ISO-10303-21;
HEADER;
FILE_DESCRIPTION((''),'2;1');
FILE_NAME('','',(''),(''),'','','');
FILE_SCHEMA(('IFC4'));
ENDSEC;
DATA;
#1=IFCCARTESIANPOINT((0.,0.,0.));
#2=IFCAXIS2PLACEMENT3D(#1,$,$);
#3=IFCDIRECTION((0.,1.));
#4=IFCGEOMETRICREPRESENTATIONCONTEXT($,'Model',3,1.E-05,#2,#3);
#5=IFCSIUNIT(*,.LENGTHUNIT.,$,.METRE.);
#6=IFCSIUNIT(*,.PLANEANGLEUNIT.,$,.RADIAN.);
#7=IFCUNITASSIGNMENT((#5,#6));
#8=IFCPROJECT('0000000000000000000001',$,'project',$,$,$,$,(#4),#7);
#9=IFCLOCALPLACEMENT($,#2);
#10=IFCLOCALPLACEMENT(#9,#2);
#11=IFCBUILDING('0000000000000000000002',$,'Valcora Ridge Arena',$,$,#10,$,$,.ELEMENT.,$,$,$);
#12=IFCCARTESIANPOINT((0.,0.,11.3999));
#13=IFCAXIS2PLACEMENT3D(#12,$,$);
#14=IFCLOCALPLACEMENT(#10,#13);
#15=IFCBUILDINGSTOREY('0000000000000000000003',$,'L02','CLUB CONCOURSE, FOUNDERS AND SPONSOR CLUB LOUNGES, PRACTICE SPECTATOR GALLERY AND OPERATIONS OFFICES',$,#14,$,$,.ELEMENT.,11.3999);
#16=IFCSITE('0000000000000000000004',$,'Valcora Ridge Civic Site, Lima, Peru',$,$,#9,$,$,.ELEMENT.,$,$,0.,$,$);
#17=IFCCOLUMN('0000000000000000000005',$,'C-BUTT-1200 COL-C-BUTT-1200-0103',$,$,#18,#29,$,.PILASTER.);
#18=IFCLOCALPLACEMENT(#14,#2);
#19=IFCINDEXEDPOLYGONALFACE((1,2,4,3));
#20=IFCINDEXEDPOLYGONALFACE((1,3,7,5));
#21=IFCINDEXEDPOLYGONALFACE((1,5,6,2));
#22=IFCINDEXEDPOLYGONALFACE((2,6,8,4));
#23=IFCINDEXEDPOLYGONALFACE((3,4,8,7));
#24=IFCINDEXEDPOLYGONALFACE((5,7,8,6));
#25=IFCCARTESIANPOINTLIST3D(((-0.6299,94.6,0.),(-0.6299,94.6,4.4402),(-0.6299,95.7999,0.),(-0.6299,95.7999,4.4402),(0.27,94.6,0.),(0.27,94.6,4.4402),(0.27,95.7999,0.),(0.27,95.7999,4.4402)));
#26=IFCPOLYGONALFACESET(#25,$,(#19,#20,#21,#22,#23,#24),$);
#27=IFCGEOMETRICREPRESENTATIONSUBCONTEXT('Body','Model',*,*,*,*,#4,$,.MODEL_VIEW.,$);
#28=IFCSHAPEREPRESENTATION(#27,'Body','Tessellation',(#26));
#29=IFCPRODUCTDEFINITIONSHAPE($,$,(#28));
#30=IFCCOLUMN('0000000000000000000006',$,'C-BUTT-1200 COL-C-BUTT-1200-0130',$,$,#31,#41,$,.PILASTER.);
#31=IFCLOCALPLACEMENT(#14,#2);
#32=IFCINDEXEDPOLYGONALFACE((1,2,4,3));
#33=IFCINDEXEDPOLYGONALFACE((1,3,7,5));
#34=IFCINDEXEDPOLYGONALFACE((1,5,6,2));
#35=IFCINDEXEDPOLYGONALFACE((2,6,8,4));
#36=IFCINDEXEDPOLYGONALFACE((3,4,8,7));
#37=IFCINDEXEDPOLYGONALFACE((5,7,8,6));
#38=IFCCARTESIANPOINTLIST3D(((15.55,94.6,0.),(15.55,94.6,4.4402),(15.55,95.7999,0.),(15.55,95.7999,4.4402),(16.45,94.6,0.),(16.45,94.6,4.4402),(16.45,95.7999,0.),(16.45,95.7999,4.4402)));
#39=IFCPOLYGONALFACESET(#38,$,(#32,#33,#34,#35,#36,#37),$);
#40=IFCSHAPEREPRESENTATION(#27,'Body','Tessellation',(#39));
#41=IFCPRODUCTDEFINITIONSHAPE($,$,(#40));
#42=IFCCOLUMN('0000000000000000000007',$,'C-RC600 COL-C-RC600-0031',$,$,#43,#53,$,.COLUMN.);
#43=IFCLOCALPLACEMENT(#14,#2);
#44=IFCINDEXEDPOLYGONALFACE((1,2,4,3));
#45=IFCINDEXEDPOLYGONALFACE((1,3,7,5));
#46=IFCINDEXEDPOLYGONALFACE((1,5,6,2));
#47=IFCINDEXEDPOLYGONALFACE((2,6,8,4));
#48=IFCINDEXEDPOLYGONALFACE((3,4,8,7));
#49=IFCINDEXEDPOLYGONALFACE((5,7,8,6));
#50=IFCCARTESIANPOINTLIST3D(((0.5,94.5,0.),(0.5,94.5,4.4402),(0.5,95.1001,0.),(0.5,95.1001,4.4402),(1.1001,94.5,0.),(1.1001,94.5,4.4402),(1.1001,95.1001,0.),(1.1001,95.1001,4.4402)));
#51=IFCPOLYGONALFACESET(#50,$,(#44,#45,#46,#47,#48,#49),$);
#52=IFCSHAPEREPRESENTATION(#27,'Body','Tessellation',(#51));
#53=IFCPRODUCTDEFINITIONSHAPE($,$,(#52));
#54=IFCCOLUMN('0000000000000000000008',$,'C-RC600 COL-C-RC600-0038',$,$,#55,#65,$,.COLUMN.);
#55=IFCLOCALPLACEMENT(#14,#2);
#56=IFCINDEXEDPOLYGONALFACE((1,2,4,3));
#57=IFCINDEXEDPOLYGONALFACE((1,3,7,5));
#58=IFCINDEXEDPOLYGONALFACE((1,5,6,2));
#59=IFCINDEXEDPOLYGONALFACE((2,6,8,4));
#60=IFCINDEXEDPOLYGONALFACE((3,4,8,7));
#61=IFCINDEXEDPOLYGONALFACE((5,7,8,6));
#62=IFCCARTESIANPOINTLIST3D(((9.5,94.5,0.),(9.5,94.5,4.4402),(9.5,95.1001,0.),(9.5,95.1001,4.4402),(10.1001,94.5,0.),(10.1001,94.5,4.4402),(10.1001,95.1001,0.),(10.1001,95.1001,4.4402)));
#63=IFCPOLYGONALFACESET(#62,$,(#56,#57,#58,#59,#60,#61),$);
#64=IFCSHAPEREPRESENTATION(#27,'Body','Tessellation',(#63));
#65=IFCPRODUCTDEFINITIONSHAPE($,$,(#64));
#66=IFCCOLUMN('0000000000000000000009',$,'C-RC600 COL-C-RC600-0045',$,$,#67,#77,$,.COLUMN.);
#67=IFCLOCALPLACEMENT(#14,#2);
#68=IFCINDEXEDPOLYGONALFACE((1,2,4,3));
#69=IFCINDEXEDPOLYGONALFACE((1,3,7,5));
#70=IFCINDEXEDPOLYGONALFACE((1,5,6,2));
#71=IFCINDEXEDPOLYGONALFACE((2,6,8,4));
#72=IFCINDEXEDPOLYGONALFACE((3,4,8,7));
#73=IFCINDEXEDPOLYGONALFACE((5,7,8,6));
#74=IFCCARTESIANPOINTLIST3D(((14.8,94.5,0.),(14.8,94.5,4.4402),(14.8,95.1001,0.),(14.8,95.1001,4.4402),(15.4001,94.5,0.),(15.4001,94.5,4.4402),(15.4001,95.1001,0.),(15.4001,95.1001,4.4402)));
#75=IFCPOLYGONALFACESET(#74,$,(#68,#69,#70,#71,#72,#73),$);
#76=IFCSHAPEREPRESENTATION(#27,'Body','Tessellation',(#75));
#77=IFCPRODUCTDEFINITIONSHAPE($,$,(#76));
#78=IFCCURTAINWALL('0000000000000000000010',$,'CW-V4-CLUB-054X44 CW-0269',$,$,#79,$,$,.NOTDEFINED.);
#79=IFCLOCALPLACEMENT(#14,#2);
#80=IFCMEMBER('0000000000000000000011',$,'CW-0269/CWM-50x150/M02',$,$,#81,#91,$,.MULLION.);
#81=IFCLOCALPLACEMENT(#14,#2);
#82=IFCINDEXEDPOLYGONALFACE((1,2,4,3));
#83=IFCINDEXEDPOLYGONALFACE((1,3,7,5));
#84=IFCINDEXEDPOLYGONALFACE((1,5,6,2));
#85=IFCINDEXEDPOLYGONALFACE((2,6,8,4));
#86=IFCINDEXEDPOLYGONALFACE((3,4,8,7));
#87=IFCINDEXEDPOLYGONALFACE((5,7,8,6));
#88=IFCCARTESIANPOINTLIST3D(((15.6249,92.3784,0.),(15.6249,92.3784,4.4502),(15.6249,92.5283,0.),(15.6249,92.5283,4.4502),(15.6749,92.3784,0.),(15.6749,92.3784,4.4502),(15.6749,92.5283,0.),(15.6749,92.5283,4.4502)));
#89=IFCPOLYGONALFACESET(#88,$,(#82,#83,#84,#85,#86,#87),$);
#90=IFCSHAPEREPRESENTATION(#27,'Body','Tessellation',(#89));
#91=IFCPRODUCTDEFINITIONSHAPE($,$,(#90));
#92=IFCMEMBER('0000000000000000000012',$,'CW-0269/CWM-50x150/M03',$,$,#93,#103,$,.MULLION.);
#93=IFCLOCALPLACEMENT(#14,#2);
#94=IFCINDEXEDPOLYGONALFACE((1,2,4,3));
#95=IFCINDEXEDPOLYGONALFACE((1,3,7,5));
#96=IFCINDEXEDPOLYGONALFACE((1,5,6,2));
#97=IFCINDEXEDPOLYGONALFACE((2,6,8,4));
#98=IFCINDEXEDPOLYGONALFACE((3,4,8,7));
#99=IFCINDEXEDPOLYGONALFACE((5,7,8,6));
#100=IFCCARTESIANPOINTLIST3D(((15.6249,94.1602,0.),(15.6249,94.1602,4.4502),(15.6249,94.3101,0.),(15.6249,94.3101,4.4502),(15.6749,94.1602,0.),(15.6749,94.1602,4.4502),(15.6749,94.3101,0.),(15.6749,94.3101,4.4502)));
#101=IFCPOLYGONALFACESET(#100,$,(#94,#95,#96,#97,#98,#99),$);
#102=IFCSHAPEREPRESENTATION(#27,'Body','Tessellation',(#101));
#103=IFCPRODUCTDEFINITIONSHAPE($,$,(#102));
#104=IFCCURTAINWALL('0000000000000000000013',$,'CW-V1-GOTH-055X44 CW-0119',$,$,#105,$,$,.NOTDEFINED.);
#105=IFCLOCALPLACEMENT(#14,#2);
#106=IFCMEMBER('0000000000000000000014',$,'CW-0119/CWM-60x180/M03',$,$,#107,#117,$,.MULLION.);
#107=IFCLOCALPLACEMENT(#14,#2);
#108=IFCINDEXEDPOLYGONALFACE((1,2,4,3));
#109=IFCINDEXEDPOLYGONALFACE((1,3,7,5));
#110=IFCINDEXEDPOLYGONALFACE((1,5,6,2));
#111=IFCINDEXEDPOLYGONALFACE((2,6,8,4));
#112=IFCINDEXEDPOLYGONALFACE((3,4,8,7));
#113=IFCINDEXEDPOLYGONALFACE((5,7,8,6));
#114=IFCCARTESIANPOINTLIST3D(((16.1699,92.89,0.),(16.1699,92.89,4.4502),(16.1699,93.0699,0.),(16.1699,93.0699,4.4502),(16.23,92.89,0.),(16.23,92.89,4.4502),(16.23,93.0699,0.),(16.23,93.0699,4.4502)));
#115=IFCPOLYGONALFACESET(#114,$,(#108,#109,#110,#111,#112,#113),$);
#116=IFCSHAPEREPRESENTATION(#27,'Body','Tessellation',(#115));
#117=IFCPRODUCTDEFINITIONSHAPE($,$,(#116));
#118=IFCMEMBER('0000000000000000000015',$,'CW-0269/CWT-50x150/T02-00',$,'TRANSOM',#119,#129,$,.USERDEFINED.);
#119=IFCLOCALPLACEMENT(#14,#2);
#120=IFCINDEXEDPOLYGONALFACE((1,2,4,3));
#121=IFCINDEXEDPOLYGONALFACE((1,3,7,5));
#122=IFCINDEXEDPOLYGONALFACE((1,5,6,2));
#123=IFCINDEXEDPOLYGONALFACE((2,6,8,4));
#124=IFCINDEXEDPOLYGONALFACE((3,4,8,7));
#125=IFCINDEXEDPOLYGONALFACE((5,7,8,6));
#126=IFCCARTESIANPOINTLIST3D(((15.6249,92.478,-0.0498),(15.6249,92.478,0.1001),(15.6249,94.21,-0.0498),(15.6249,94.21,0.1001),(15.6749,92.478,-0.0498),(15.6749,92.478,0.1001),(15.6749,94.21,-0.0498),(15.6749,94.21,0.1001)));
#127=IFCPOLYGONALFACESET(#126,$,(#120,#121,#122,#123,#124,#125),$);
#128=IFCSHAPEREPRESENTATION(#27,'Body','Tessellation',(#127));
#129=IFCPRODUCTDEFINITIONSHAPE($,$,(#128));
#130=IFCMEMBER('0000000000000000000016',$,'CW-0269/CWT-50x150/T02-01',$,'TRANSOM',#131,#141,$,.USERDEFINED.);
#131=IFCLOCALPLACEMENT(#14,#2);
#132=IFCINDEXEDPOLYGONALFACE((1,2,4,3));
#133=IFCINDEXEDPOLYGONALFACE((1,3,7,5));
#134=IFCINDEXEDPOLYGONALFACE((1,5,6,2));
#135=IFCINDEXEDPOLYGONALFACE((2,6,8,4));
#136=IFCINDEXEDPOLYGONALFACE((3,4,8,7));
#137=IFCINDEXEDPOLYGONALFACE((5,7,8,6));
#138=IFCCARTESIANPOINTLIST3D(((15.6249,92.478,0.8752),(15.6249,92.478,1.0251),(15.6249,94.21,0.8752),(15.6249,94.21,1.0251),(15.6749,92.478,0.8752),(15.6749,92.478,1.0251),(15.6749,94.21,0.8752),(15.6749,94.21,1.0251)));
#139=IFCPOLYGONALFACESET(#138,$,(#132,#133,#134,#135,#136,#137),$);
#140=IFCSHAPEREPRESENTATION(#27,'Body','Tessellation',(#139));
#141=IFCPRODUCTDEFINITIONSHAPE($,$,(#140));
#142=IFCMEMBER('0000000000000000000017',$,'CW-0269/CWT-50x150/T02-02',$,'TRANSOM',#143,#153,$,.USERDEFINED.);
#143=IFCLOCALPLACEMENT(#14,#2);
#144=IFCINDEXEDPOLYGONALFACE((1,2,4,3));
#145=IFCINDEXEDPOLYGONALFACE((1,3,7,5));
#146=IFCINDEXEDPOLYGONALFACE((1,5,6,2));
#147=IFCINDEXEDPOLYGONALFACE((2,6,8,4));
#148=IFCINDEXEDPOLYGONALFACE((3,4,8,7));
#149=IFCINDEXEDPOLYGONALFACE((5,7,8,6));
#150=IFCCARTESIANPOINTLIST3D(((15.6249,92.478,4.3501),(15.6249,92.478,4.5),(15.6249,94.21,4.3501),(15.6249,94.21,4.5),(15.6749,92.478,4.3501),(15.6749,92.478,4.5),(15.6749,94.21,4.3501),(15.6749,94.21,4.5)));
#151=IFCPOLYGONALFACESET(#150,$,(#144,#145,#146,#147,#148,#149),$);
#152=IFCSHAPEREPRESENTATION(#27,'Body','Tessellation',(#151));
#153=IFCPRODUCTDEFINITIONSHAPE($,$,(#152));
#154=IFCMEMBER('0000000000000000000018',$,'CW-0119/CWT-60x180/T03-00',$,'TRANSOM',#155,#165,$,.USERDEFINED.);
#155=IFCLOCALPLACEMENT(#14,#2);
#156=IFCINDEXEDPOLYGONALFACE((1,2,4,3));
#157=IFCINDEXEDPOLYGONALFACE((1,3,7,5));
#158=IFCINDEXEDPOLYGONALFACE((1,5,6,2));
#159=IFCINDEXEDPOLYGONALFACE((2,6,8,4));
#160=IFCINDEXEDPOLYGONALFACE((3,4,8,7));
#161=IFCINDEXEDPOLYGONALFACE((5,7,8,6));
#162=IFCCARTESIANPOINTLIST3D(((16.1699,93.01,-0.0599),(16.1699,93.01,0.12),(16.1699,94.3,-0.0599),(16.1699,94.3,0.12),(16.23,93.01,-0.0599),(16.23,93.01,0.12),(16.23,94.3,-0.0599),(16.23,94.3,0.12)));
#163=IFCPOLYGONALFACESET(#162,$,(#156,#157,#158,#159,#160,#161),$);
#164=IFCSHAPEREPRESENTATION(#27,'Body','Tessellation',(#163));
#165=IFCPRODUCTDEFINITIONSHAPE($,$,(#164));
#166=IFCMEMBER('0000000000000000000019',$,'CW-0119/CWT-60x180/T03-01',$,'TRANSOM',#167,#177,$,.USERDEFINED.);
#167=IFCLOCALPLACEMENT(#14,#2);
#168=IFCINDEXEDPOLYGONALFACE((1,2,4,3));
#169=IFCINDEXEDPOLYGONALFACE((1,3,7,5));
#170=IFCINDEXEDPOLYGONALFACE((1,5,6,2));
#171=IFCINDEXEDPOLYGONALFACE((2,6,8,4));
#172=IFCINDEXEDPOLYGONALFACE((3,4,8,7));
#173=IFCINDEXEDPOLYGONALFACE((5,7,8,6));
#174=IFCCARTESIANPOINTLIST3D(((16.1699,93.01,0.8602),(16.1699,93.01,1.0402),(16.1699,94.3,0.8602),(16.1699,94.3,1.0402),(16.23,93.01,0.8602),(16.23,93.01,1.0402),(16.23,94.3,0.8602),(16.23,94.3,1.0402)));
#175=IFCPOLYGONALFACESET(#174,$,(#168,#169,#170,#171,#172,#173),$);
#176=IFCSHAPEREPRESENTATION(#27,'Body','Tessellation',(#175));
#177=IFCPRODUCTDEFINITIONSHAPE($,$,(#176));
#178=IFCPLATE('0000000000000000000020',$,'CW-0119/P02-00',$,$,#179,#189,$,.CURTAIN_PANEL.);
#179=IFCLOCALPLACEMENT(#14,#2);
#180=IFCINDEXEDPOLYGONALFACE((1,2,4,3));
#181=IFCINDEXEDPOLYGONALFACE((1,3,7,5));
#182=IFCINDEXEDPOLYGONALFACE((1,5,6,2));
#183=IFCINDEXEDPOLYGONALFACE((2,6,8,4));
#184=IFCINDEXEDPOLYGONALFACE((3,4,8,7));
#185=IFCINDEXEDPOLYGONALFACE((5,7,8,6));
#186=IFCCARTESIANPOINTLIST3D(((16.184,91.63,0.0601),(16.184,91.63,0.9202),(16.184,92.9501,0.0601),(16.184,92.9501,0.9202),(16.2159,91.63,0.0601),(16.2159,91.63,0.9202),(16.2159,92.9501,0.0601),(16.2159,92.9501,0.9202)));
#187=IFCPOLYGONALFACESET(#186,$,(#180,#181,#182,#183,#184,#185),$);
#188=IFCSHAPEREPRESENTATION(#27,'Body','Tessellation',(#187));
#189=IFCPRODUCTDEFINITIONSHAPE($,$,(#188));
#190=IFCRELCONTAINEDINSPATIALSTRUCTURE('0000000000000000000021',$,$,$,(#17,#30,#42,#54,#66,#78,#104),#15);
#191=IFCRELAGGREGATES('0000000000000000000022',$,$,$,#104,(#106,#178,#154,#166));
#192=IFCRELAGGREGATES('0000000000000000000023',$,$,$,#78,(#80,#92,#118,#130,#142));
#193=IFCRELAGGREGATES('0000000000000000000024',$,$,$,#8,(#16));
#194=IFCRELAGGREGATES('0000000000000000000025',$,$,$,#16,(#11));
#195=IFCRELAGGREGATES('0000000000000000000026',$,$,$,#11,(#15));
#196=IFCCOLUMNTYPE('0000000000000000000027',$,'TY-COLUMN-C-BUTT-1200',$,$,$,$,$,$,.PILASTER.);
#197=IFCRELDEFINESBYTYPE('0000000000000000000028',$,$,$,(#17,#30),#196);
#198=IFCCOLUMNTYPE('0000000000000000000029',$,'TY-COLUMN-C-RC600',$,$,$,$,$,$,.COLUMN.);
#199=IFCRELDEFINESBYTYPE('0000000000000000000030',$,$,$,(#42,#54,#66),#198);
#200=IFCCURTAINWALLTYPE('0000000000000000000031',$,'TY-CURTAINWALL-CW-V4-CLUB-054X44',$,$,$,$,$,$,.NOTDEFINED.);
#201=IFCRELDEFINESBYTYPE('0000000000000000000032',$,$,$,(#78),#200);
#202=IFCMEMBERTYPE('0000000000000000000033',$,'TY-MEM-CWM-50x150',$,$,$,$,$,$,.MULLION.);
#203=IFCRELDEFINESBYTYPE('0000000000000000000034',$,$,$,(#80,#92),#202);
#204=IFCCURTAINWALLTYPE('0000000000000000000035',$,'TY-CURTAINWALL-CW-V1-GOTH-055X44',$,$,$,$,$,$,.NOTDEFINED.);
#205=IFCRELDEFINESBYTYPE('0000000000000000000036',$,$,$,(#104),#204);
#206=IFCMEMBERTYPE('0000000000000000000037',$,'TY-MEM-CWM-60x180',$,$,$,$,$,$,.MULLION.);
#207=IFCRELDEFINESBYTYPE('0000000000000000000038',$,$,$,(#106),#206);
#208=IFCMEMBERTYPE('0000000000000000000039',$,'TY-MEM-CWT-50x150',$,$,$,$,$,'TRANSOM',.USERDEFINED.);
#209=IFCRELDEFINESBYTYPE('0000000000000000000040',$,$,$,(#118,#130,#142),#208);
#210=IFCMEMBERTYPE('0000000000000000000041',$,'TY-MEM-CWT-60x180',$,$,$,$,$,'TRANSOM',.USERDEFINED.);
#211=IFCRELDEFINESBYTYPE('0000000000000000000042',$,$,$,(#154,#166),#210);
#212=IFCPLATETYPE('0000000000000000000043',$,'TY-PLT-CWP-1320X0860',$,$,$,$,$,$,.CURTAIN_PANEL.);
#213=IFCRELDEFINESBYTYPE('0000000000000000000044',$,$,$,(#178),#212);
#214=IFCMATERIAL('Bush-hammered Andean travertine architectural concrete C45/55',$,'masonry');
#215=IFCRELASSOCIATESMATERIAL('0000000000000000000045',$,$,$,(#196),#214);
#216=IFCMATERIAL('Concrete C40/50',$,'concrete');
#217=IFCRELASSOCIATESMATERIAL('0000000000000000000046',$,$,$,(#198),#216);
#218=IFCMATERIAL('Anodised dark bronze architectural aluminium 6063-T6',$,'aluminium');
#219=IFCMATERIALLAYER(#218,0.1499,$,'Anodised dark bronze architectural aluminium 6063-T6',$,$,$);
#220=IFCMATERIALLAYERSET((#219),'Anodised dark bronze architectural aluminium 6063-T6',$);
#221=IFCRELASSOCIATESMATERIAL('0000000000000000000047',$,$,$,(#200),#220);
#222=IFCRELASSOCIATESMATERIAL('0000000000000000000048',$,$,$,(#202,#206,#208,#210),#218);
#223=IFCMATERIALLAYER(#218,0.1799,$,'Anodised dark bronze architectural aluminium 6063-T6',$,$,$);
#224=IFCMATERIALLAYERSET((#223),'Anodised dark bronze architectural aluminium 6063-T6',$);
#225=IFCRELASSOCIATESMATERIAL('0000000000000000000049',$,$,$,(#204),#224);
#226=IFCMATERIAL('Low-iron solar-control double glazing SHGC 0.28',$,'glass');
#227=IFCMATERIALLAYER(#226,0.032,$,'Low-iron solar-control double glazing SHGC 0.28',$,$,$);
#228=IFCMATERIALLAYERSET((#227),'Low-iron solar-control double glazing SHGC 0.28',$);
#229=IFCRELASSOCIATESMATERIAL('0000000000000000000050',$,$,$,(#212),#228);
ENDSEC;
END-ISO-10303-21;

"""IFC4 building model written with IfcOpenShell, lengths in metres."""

from ifc_helpers import new_model, si_unit, direction, frame, origin, origin_2d, place, context, subcontext, project, spatial, rectangle, extrude, material, layer, layer_set, material_profile, profile_set, type_object, element, aggregate, save


model = new_model("IFC4")

# Units and contexts
model_context = context("Model", 3, precision=1e-05, world=origin(), true_north=direction((0.0, 1.0)))
body_context = subcontext(model_context, "Body", "Model", "MODEL_VIEW")
ifc_project = project(units=[si_unit("LENGTHUNIT", "METRE"), si_unit("PLANEANGLEUNIT", "RADIAN")], contexts=[model_context])

# Site, building, storey
site_placement = place(None, origin())
site = spatial("IfcSite", under=ifc_project, at=site_placement, Name="Valcora Ridge Civic Site, Lima, Peru", CompositionType="ELEMENT", RefElevation=0.0)
building_placement = place(site_placement, origin())
building = spatial("IfcBuilding", under=site, at=building_placement, Name="Valcora Ridge Arena", CompositionType="ELEMENT")
storey_placement = place(building_placement, frame((0.0, 0.0, 11.3999)))
storey = spatial("IfcBuildingStorey", under=building, at=storey_placement, Name="L02", Description="CLUB CONCOURSE, FOUNDERS AND SPONSOR CLUB LOUNGES, PRACTICE SPECTATOR GALLERY AND OPERATIONS OFFICES", CompositionType="ELEMENT", Elevation=11.3999)

# Columns
ifc_material_1 = material(Name="Bush-hammered Andean travertine architectural concrete C45/55", Category="masonry")
ifc_material_profile_1 = material_profile(ifc_material_1, rectangle(XDim=0.8999, YDim=1.2, at=origin_2d()), Name="RC 900x1200")
ifc_profile_set_1 = profile_set([ifc_material_profile_1], Name="Bush-hammered Andean travertine architectural concrete C45/55")
column_type_1 = type_object("IfcColumnType", Name="TY-COLUMN-C-BUTT-1200", PredefinedType="PILASTER", material=ifc_profile_set_1)
for number, where, z_axis, x_axis, name in (
    (1, (-0.1799, 95.2, 0.0), (0.0, 0.0, 1.0), (1.0, 0.0, 0.0), "C-BUTT-1200 COL-C-BUTT-1200-0103"),
    (2, (16.0, 95.2, 0.0), (0.0, 0.0, 1.0), (1.0, 0.0, 0.0), "C-BUTT-1200 COL-C-BUTT-1200-0130"),
):
    element("IfcColumn", number, at=place(storey_placement, frame(where, z_axis=z_axis, x_axis=x_axis)), inside=storey, type_object=column_type_1, Name=name, PredefinedType="PILASTER", context=body_context, shape_type="SweptSolid", body=[
        extrude(rectangle(XDim=0.8999, YDim=1.2, at=origin_2d()), origin(), (0.0, 0.0, 1.0), 4.4402),
    ])
ifc_material_2 = material(Name="Concrete C40/50", Category="concrete")
ifc_material_profile_2 = material_profile(ifc_material_2, rectangle(XDim=0.6001, YDim=0.6001, at=origin_2d()), Name="RC 600x600")
ifc_profile_set_2 = profile_set([ifc_material_profile_2], Name="Concrete C40/50")
column_type_2 = type_object("IfcColumnType", Name="TY-COLUMN-C-RC600", PredefinedType="COLUMN", material=ifc_profile_set_2)
for number, where, z_axis, x_axis, name in (
    (3, (0.8, 94.8, 0.0), (0.0, 0.0, 1.0), (1.0, 0.0, 0.0), "C-RC600 COL-C-RC600-0031"),
    (4, (9.8, 94.8, 0.0), (0.0, 0.0, 1.0), (1.0, 0.0, 0.0), "C-RC600 COL-C-RC600-0038"),
    (5, (15.1001, 94.8, 0.0), (0.0, 0.0, 1.0), (1.0, 0.0, 0.0), "C-RC600 COL-C-RC600-0045"),
):
    element("IfcColumn", number, at=place(storey_placement, frame(where, z_axis=z_axis, x_axis=x_axis)), inside=storey, type_object=column_type_2, Name=name, PredefinedType="COLUMN", context=body_context, shape_type="SweptSolid", body=[
        extrude(rectangle(XDim=0.6001, YDim=0.6001, at=origin_2d()), origin(), (0.0, 0.0, 1.0), 4.4402),
    ])

# Curtain wall, members
ifc_material_3 = material(Name="Anodised dark bronze architectural aluminium 6063-T6", Category="aluminium")
ifc_layer_1 = layer(ifc_material_3, 0.1499, Name="Anodised dark bronze architectural aluminium 6063-T6")
ifc_layer_set_1 = layer_set([ifc_layer_1], Name="Anodised dark bronze architectural aluminium 6063-T6")
curtain_wall_type_1 = type_object("IfcCurtainWallType", Name="TY-CURTAINWALL-CW-V4-CLUB-054X44", PredefinedType="NOTDEFINED", material=ifc_layer_set_1)
curtain_wall_1_placement = place(storey_placement, origin())
curtain_wall_1 = element("IfcCurtainWall", 6, at=curtain_wall_1_placement, inside=storey, type_object=curtain_wall_type_1, Name="CW-V4-CLUB-054X44 CW-0269", PredefinedType="NOTDEFINED")
ifc_material_profile_3 = material_profile(ifc_material_3, rectangle(XDim=0.05, YDim=0.1499, at=origin_2d()), Name="ALU MULLION 50x150")
ifc_profile_set_3 = profile_set([ifc_material_profile_3], Name="Anodised dark bronze architectural aluminium 6063-T6")
member_type_1 = type_object("IfcMemberType", Name="TY-MEM-CWM-50x150", PredefinedType="MULLION", material=ifc_profile_set_3)
member_1_placement = place(storey_placement, frame((15.6499, 92.4534, 0.0), z_axis=(0.0, 0.0, 1.0), x_axis=(-1.0, 0.0, 0.0)))
member_1 = element("IfcMember", 7, at=member_1_placement, type_object=member_type_1, Name="CW-0269/CWM-50x150/M02", PredefinedType="MULLION", context=body_context, shape_type="SweptSolid", body=[
    extrude(rectangle(XDim=0.05, YDim=0.1499, at=origin_2d()), origin(), (0.0, 0.0, 1.0), 4.4502),
])
member_2_placement = place(storey_placement, frame((15.6499, 94.2351, 0.0), z_axis=(0.0, 0.0, 1.0), x_axis=(-1.0, 0.0, 0.0)))
member_2 = element("IfcMember", 8, at=member_2_placement, type_object=member_type_1, Name="CW-0269/CWM-50x150/M03", PredefinedType="MULLION", context=body_context, shape_type="SweptSolid", body=[
    extrude(rectangle(XDim=0.05, YDim=0.1499, at=origin_2d()), origin(), (0.0, 0.0, 1.0), 4.4502),
])

# Curtain wall, member
ifc_layer_2 = layer(ifc_material_3, 0.1799, Name="Anodised dark bronze architectural aluminium 6063-T6")
ifc_layer_set_2 = layer_set([ifc_layer_2], Name="Anodised dark bronze architectural aluminium 6063-T6")
curtain_wall_type_2 = type_object("IfcCurtainWallType", Name="TY-CURTAINWALL-CW-V1-GOTH-055X44", PredefinedType="NOTDEFINED", material=ifc_layer_set_2)
curtain_wall_2_placement = place(storey_placement, origin())
curtain_wall_2 = element("IfcCurtainWall", 9, at=curtain_wall_2_placement, inside=storey, type_object=curtain_wall_type_2, Name="CW-V1-GOTH-055X44 CW-0119", PredefinedType="NOTDEFINED")
ifc_material_profile_4 = material_profile(ifc_material_3, rectangle(XDim=0.0601, YDim=0.1799, at=origin_2d()), Name="ALU MULLION 60x180")
ifc_profile_set_4 = profile_set([ifc_material_profile_4], Name="Anodised dark bronze architectural aluminium 6063-T6")
member_type_2 = type_object("IfcMemberType", Name="TY-MEM-CWM-60x180", PredefinedType="MULLION", material=ifc_profile_set_4)
member_3_placement = place(storey_placement, frame((16.2, 92.98, 0.0), z_axis=(0.0, 0.0, 1.0), x_axis=(-1.0, 0.0, 0.0)))
member_3 = element("IfcMember", 10, at=member_3_placement, type_object=member_type_2, Name="CW-0119/CWM-60x180/M03", PredefinedType="MULLION", context=body_context, shape_type="SweptSolid", body=[
    extrude(rectangle(XDim=0.0601, YDim=0.1799, at=origin_2d()), origin(), (0.0, 0.0, 1.0), 4.4502),
])

# Members
ifc_material_profile_5 = material_profile(ifc_material_3, rectangle(XDim=0.05, YDim=0.1499, at=origin_2d()), Name="ALU TRANSOM 50x150")
ifc_profile_set_5 = profile_set([ifc_material_profile_5], Name="Anodised dark bronze architectural aluminium 6063-T6")
member_type_3 = type_object("IfcMemberType", Name="TY-MEM-CWT-50x150", ElementType="TRANSOM", PredefinedType="USERDEFINED", material=ifc_profile_set_5)
member_4_placement = place(storey_placement, frame((15.6499, 92.478, 0.0251), z_axis=(0.0, 1.0, 0.0), x_axis=(-1.0, 0.0, 0.0)))
member_4 = element("IfcMember", 11, at=member_4_placement, type_object=member_type_3, Name="CW-0269/CWT-50x150/T02-00", ObjectType="TRANSOM", PredefinedType="USERDEFINED", context=body_context, shape_type="SweptSolid", body=[
    extrude(rectangle(XDim=0.05, YDim=0.1499, at=origin_2d()), origin(), (0.0, 0.0, 1.0), 1.7319),
])
member_5_placement = place(storey_placement, frame((15.6499, 92.478, 0.9502), z_axis=(0.0, 1.0, 0.0), x_axis=(-1.0, 0.0, 0.0)))
member_5 = element("IfcMember", 12, at=member_5_placement, type_object=member_type_3, Name="CW-0269/CWT-50x150/T02-01", ObjectType="TRANSOM", PredefinedType="USERDEFINED", context=body_context, shape_type="SweptSolid", body=[
    extrude(rectangle(XDim=0.05, YDim=0.1499, at=origin_2d()), origin(), (0.0, 0.0, 1.0), 1.7319),
])
member_6_placement = place(storey_placement, frame((15.6499, 92.478, 4.425), z_axis=(0.0, 1.0, 0.0), x_axis=(-1.0, 0.0, 0.0)))
member_6 = element("IfcMember", 13, at=member_6_placement, type_object=member_type_3, Name="CW-0269/CWT-50x150/T02-02", ObjectType="TRANSOM", PredefinedType="USERDEFINED", context=body_context, shape_type="SweptSolid", body=[
    extrude(rectangle(XDim=0.05, YDim=0.1499, at=origin_2d()), origin(), (0.0, 0.0, 1.0), 1.7319),
])
ifc_material_profile_6 = material_profile(ifc_material_3, rectangle(XDim=0.0601, YDim=0.1799, at=origin_2d()), Name="ALU TRANSOM 60x180")
ifc_profile_set_6 = profile_set([ifc_material_profile_6], Name="Anodised dark bronze architectural aluminium 6063-T6")
member_type_4 = type_object("IfcMemberType", Name="TY-MEM-CWT-60x180", ElementType="TRANSOM", PredefinedType="USERDEFINED", material=ifc_profile_set_6)
member_7_placement = place(storey_placement, frame((16.2, 93.01, 0.03), z_axis=(0.0, 1.0, 0.0), x_axis=(-1.0, 0.0, 0.0)))
member_7 = element("IfcMember", 14, at=member_7_placement, type_object=member_type_4, Name="CW-0119/CWT-60x180/T03-00", ObjectType="TRANSOM", PredefinedType="USERDEFINED", context=body_context, shape_type="SweptSolid", body=[
    extrude(rectangle(XDim=0.0601, YDim=0.1799, at=origin_2d()), origin(), (0.0, 0.0, 1.0), 1.29),
])
member_8_placement = place(storey_placement, frame((16.2, 93.01, 0.9502), z_axis=(0.0, 1.0, 0.0), x_axis=(-1.0, 0.0, 0.0)))
member_8 = element("IfcMember", 15, at=member_8_placement, type_object=member_type_4, Name="CW-0119/CWT-60x180/T03-01", ObjectType="TRANSOM", PredefinedType="USERDEFINED", context=body_context, shape_type="SweptSolid", body=[
    extrude(rectangle(XDim=0.0601, YDim=0.1799, at=origin_2d()), origin(), (0.0, 0.0, 1.0), 1.29),
])

# Plate
ifc_material_4 = material(Name="Low-iron solar-control double glazing SHGC 0.28", Category="glass")
ifc_layer_3 = layer(ifc_material_4, 0.032, Name="Low-iron solar-control double glazing SHGC 0.28")
ifc_layer_set_3 = layer_set([ifc_layer_3], Name="Low-iron solar-control double glazing SHGC 0.28")
plate_type_1 = type_object("IfcPlateType", Name="TY-PLT-CWP-1320X0860", PredefinedType="CURTAIN_PANEL", material=ifc_layer_set_3)
plate_1_placement = place(storey_placement, frame((16.2, 92.29, 0.0601), z_axis=(0.0, 0.0, 1.0), x_axis=(0.0, 1.0, 0.0)))
plate_1 = element("IfcPlate", 16, at=plate_1_placement, type_object=plate_type_1, Name="CW-0119/P02-00", PredefinedType="CURTAIN_PANEL", context=body_context, shape_type="SweptSolid", body=[
    extrude(rectangle(XDim=1.3201, YDim=0.032, at=origin_2d()), origin(), (0.0, 0.0, 1.0), 0.8601),
])
aggregate(curtain_wall_2, [member_3, plate_1, member_7, member_8])
aggregate(curtain_wall_1, [member_1, member_2, member_4, member_5, member_6])

save(model, "model.ifc")
